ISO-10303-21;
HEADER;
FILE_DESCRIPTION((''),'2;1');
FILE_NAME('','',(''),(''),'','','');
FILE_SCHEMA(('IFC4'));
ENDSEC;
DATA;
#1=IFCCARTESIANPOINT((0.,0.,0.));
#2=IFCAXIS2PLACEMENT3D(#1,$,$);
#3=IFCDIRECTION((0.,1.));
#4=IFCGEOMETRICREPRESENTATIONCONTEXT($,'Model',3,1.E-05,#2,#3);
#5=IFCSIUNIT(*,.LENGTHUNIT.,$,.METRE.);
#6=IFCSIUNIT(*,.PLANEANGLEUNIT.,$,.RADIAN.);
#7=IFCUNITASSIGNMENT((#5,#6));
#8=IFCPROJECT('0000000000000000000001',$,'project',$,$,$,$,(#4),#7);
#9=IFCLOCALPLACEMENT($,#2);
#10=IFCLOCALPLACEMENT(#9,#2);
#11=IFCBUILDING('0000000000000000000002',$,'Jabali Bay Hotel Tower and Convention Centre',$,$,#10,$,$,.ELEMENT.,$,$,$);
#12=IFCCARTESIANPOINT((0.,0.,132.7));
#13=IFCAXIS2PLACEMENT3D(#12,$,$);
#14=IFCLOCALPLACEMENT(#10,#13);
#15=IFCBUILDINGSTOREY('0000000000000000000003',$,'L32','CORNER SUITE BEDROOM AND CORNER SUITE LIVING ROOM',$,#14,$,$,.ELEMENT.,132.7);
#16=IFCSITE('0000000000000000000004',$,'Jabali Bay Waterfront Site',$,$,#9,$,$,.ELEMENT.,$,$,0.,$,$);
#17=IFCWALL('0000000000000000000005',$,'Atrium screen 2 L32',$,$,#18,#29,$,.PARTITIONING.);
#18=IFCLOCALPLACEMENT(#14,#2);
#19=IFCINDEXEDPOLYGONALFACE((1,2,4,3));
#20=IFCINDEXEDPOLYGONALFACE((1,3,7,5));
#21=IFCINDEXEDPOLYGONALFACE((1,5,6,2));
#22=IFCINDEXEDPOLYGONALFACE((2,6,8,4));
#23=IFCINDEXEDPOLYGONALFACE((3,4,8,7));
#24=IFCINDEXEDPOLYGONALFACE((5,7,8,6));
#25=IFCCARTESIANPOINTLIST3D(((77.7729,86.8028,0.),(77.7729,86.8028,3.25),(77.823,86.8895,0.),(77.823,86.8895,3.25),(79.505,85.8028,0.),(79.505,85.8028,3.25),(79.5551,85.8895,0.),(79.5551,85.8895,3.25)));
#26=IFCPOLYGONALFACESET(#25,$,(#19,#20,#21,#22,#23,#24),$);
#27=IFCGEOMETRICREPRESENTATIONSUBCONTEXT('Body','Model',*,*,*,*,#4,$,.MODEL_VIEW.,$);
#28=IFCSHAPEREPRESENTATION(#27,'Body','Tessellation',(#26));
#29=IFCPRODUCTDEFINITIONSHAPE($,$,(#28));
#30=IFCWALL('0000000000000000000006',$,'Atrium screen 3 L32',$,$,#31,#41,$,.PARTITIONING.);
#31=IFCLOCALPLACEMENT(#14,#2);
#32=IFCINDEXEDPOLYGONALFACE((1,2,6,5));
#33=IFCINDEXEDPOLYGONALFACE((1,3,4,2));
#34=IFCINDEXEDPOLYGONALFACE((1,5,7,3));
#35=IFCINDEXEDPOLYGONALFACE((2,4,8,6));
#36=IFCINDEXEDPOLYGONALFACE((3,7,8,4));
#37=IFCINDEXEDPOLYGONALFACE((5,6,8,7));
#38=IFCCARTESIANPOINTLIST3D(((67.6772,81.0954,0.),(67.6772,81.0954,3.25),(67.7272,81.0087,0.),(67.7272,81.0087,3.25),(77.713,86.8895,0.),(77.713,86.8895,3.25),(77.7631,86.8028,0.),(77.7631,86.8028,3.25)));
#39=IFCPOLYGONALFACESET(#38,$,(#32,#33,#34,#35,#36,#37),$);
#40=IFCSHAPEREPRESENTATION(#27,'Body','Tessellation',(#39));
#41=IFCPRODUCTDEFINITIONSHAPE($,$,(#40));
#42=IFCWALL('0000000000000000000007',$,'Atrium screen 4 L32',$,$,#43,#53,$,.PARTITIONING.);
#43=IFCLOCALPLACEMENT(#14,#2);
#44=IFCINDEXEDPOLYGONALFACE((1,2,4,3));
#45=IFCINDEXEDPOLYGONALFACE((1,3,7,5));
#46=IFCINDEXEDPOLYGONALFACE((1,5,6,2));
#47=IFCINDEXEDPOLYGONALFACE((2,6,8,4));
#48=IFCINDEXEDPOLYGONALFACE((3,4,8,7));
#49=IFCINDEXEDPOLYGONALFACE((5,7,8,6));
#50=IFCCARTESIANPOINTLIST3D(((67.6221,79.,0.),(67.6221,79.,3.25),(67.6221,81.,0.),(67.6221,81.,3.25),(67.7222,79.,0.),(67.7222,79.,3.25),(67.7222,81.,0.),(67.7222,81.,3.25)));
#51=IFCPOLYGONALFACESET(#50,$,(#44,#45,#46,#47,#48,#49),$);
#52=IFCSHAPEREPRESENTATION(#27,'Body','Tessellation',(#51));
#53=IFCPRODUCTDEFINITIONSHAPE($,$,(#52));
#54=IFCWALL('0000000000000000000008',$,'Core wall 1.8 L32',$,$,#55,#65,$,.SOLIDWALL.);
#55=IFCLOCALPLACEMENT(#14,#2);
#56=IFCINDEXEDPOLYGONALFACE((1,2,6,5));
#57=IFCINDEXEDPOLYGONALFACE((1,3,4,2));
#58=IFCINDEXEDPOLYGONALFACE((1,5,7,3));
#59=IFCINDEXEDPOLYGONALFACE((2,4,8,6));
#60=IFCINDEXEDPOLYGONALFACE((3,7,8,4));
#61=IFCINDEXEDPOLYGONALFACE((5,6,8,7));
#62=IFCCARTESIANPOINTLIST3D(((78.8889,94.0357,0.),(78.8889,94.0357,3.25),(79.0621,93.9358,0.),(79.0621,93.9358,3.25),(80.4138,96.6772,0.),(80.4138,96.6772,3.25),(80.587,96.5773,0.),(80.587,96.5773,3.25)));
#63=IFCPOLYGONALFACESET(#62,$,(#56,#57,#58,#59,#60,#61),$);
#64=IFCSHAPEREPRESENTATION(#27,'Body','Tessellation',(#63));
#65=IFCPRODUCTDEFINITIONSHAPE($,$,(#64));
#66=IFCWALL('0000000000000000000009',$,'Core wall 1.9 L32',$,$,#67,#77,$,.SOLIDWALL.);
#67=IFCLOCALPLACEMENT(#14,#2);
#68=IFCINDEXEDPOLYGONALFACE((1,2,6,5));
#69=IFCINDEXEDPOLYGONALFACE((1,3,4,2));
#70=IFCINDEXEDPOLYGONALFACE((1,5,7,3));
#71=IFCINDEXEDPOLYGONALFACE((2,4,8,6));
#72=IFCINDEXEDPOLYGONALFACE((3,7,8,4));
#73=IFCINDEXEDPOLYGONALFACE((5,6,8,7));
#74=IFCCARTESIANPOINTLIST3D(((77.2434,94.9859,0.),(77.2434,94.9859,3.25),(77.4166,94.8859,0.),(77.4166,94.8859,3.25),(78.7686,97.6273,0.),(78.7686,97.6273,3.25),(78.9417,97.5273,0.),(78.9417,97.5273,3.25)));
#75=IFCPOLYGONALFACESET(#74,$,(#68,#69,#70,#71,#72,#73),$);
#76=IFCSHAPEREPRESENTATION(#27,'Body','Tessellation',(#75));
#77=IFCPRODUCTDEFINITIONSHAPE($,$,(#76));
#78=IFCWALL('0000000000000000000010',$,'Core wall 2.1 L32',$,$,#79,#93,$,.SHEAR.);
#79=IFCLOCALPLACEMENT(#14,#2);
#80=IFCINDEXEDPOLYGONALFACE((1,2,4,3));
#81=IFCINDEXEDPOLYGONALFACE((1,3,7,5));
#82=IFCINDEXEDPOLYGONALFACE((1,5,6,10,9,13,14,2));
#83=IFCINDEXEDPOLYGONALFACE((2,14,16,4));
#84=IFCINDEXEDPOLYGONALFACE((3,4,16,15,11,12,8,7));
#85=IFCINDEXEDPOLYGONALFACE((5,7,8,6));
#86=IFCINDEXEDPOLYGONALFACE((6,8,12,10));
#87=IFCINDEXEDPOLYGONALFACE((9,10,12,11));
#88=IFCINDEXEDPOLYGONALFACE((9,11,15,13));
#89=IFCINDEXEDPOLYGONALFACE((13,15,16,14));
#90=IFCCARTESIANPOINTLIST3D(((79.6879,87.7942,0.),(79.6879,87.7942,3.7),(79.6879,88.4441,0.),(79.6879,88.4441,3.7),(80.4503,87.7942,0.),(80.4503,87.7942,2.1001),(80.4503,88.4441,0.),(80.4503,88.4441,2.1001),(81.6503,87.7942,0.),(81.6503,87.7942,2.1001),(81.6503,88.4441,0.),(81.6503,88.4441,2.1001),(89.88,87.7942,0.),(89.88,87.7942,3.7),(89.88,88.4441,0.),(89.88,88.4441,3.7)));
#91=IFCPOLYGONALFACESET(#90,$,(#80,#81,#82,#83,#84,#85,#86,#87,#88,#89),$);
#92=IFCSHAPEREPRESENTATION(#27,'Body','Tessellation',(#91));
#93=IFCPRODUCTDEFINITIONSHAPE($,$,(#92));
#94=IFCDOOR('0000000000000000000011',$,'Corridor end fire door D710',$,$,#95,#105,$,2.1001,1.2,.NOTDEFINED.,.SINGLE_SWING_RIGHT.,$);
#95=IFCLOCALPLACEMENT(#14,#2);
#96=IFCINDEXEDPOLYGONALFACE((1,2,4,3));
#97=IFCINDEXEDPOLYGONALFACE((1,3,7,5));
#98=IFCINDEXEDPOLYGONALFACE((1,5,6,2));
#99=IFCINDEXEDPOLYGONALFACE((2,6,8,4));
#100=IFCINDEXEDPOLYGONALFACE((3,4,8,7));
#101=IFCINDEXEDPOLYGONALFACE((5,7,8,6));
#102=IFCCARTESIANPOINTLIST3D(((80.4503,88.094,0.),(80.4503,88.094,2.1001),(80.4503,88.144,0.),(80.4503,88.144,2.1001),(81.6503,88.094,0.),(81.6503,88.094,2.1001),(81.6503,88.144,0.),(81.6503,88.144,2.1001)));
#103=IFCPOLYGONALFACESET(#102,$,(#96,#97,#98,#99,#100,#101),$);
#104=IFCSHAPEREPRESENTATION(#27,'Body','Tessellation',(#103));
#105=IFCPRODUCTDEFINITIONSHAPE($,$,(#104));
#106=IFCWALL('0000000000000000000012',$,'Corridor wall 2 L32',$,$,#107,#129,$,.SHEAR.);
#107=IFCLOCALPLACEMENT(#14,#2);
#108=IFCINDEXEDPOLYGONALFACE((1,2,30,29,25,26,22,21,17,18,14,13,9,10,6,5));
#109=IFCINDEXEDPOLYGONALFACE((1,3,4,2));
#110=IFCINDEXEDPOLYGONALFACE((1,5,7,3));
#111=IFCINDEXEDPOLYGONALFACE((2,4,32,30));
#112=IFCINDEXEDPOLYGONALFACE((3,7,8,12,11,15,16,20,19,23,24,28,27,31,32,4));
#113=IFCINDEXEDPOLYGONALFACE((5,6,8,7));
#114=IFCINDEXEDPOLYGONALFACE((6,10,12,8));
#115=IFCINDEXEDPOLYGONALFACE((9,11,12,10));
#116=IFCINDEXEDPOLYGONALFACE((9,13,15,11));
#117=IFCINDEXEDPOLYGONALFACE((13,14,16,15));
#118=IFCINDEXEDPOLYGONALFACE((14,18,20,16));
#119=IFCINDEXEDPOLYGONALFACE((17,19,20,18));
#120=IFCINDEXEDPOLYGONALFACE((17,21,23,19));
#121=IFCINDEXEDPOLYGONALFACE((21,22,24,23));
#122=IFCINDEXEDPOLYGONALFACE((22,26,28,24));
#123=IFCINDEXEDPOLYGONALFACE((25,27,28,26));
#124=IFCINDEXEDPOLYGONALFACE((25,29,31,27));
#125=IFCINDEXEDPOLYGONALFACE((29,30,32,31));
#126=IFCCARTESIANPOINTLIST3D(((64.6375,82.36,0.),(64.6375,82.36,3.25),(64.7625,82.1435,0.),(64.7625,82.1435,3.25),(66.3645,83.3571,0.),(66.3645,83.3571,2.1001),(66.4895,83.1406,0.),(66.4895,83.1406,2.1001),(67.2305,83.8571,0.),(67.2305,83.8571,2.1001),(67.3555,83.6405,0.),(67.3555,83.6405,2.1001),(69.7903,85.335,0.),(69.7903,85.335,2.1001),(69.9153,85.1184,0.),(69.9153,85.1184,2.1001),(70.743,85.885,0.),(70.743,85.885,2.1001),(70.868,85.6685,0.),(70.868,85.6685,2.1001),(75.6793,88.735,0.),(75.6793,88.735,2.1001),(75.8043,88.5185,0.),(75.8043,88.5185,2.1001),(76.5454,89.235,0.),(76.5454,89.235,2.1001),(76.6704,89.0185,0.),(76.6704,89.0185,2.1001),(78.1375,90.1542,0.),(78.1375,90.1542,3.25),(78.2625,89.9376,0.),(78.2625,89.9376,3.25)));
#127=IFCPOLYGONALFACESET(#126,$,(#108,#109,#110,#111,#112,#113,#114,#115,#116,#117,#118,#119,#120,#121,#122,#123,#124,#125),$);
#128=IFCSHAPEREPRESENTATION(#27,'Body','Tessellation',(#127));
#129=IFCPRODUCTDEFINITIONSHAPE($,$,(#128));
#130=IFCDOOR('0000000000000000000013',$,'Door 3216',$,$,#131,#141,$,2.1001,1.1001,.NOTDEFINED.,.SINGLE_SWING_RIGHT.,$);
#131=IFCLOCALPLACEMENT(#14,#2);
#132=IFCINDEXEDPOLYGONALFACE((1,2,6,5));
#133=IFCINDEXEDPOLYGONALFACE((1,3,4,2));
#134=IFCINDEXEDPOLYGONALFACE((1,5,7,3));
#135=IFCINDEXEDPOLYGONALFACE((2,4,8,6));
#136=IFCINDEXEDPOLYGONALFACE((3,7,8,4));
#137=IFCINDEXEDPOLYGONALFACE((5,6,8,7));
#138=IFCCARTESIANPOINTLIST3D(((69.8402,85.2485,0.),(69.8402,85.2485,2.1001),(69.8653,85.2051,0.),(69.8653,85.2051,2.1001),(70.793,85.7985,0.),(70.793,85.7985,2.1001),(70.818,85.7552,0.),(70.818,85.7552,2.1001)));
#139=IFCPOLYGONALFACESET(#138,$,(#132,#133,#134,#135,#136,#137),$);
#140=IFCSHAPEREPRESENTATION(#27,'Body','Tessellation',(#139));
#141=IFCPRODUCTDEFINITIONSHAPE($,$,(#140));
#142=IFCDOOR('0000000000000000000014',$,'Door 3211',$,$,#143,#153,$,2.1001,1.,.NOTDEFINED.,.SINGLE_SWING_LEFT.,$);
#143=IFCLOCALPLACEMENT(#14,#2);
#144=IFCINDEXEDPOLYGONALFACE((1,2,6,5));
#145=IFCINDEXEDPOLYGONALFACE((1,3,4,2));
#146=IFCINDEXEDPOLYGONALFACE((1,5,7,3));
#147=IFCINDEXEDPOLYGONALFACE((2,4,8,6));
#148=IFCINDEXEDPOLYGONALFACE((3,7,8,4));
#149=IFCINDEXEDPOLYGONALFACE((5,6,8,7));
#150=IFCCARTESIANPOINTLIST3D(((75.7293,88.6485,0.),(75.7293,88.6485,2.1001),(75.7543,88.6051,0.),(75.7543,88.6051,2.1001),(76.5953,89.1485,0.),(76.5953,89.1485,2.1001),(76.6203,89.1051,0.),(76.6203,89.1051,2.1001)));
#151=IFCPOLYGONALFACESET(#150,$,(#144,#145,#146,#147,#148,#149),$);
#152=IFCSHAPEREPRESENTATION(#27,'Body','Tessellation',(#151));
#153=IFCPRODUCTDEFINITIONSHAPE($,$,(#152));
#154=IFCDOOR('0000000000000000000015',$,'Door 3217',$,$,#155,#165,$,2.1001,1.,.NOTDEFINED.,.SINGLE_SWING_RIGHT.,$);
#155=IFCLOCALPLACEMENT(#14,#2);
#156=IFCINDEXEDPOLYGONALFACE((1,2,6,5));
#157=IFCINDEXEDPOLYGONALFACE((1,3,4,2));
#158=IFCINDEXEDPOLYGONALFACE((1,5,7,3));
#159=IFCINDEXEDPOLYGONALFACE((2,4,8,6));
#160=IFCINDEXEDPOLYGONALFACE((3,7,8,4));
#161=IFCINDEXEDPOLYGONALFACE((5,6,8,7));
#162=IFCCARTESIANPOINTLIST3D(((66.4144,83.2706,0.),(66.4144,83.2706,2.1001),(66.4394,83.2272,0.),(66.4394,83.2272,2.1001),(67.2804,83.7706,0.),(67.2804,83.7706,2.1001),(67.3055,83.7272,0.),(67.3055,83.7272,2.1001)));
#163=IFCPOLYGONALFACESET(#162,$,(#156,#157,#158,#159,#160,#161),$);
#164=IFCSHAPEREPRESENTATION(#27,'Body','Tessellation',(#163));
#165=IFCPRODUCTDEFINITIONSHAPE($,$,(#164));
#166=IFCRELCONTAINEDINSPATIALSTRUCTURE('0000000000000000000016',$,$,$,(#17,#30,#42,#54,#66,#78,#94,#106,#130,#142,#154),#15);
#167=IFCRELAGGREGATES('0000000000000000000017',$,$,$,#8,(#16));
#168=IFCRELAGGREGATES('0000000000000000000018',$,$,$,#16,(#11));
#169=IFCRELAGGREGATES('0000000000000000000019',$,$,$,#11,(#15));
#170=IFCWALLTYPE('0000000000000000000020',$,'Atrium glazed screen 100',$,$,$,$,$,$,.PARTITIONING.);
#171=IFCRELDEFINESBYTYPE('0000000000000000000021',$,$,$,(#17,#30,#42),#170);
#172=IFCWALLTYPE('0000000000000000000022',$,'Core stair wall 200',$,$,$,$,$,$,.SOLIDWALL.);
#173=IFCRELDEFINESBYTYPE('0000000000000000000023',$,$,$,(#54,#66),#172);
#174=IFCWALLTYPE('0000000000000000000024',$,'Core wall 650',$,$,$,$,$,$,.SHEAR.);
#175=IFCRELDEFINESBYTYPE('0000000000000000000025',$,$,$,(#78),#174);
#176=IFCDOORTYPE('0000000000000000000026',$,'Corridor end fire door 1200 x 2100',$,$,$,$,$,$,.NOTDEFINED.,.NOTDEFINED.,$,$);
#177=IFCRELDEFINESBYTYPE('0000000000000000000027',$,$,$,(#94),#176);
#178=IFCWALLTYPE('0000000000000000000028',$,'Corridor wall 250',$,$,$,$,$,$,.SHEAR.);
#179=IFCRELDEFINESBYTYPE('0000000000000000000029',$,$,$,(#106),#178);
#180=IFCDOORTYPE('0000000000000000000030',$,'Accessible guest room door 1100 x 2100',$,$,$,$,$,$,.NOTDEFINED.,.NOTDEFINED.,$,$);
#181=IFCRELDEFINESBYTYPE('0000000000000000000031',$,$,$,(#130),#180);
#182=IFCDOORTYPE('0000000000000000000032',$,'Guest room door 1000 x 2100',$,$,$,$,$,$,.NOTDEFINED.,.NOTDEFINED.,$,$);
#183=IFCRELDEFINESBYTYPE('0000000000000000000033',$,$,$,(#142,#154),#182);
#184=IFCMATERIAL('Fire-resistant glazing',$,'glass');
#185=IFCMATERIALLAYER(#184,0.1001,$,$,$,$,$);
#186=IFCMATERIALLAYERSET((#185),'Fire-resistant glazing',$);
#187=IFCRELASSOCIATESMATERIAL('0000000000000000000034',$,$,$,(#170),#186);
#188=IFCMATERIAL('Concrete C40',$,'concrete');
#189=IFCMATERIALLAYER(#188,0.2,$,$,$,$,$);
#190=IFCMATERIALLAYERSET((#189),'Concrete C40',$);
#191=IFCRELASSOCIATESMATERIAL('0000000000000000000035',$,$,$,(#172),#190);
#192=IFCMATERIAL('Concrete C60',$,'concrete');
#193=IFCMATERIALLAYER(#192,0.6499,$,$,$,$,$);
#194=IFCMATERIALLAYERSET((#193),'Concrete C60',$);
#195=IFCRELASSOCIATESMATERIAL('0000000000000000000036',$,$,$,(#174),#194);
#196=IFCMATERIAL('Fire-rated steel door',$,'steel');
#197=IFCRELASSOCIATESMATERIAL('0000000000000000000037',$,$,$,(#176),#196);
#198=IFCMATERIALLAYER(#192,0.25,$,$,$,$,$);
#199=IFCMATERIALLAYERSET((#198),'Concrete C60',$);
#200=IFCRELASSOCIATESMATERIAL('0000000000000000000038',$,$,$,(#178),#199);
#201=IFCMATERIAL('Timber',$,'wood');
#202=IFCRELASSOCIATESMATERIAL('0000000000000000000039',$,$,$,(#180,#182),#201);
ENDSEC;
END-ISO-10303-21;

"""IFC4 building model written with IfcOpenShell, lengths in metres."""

from ifc_helpers import new_model, si_unit, direction, frame, frame_2d, origin, place, context, subcontext, project, spatial, rectangle, extrude, material, layer, layer_set, type_object, element, fill, save


model = new_model("IFC4")

# Units and contexts
model_context = context("Model", 3, precision=1e-05, world=origin(), true_north=direction((0.0, 1.0)))
body_context = subcontext(model_context, "Body", "Model", "MODEL_VIEW")
ifc_project = project(units=[si_unit("LENGTHUNIT", "METRE"), si_unit("PLANEANGLEUNIT", "RADIAN")], contexts=[model_context])

# Site, building, storey
site_placement = place(None, origin())
site = spatial("IfcSite", under=ifc_project, at=site_placement, Name="Jabali Bay Waterfront Site", CompositionType="ELEMENT", RefElevation=0.0)
building_placement = place(site_placement, origin())
building = spatial("IfcBuilding", under=site, at=building_placement, Name="Jabali Bay Hotel Tower and Convention Centre", CompositionType="ELEMENT")
storey_placement = place(building_placement, frame((0.0, 0.0, 132.7)))
storey = spatial("IfcBuildingStorey", under=building, at=storey_placement, Name="L32", Description="CORNER SUITE BEDROOM AND CORNER SUITE LIVING ROOM", CompositionType="ELEMENT", Elevation=132.7)

# Walls
ifc_material_1 = material(Name="Fire-resistant glazing", Category="glass")
ifc_layer_1 = layer(ifc_material_1, 0.1001)
ifc_layer_set_1 = layer_set([ifc_layer_1], Name="Fire-resistant glazing")
wall_type_1 = type_object("IfcWallType", Name="Atrium glazed screen 100", PredefinedType="PARTITIONING", material=ifc_layer_set_1)
wall_1_placement = place(storey_placement, frame((79.53, 85.8462, 0.0), z_axis=(0.0, 0.0, 1.0), x_axis=(-0.866041, 0.499973, 0.0)))
element("IfcWall", 1, at=wall_1_placement, inside=storey, type_object=wall_type_1, Name="Atrium screen 2 L32", PredefinedType="PARTITIONING", context=body_context, shape_type="SweptSolid", body=[
    extrude(rectangle(XDim=2.0, YDim=0.1001, at=frame_2d((1.0, 0.0))), origin(), (0.0, 0.0, 1.0), 3.25),
])
wall_2_placement = place(storey_placement, frame((77.738, 86.8462, 0.0), z_axis=(0.0, 0.0, 1.0), x_axis=(-0.866027, -0.499998, 0.0)))
element("IfcWall", 2, at=wall_2_placement, inside=storey, type_object=wall_type_1, Name="Atrium screen 3 L32", PredefinedType="PARTITIONING", context=body_context, shape_type="SweptSolid", body=[
    extrude(rectangle(XDim=11.5884, YDim=0.1001, at=frame_2d((5.7942, 0.0))), origin(), (0.0, 0.0, 1.0), 3.25),
])
wall_3_placement = place(storey_placement, frame((67.6721, 81.0, 0.0), z_axis=(0.0, 0.0, 1.0), x_axis=(0.0, -1.0, 0.0)))
element("IfcWall", 3, at=wall_3_placement, inside=storey, type_object=wall_type_1, Name="Atrium screen 4 L32", PredefinedType="PARTITIONING", context=body_context, shape_type="SweptSolid", body=[
    extrude(rectangle(XDim=2.0, YDim=0.1001, at=frame_2d((1.0, 0.0))), origin(), (0.0, 0.0, 1.0), 3.25),
])
ifc_material_2 = material(Name="Concrete C40", Category="concrete")
ifc_layer_2 = layer(ifc_material_2, 0.2)
ifc_layer_set_2 = layer_set([ifc_layer_2], Name="Concrete C40")
wall_type_2 = type_object("IfcWallType", Name="Core stair wall 200", PredefinedType="SOLIDWALL", material=ifc_layer_set_2)
for number, where, z_axis, x_axis, name in (
    (4, (78.9756, 93.9858, 0.0), (0.0, 0.0, 1.0), (0.499944, 0.866058, 0.0), "Core wall 1.8 L32"),
    (5, (77.3301, 94.936, 0.0), (0.0, 0.0, 1.0), (0.500039, 0.866003, 0.0), "Core wall 1.9 L32"),
):
    element("IfcWall", number, at=place(storey_placement, frame(where, z_axis=z_axis, x_axis=x_axis)), inside=storey, type_object=wall_type_2, Name=name, PredefinedType="SOLIDWALL", context=body_context, shape_type="SweptSolid", body=[
        extrude(rectangle(XDim=3.05, YDim=0.2, at=frame_2d((1.5249, 0.0))), origin(), (0.0, 0.0, 1.0), 3.25),
    ])

# Wall, opening, door
ifc_material_3 = material(Name="Concrete C60", Category="concrete")
ifc_layer_3 = layer(ifc_material_3, 0.6499)
ifc_layer_set_3 = layer_set([ifc_layer_3], Name="Concrete C60")
wall_type_3 = type_object("IfcWallType", Name="Core wall 650", PredefinedType="SHEAR", material=ifc_layer_set_3)
wall_4_placement = place(storey_placement, frame((79.6877, 88.1191, 0.0), z_axis=(0.0, 0.0, 1.0), x_axis=(1.0, 0.0, 0.0)))
wall_4 = element("IfcWall", 6, at=wall_4_placement, inside=storey, type_object=wall_type_3, Name="Core wall 2.1 L32", PredefinedType="SHEAR", context=body_context, shape_type="SweptSolid", body=[
    extrude(rectangle(XDim=10.1921, YDim=0.6499, at=frame_2d((5.0962, 0.0))), origin(), (0.0, 0.0, 1.0), 3.7),
])
opening_1_placement = place(wall_4_placement, frame((0.7625, 0.0, 0.0)))
opening_1 = element("IfcOpeningElement", 7, at=opening_1_placement, cuts=wall_4, PredefinedType="OPENING", context=body_context, shape_type="SweptSolid", body=[
    extrude(rectangle(XDim=1.2, YDim=2.1001, at=frame_2d((0.6001, 1.05))), frame((0.0, 0.3354, 0.0), z_axis=(0.0, -1.0, 0.0), x_axis=(1.0, 0.0, 0.0)), (0.0, 0.0, 1.0), 0.6709),
])
ifc_material_4 = material(Name="Fire-rated steel door", Category="steel")
door_type_1 = type_object("IfcDoorType", Name="Corridor end fire door 1200 x 2100", OperationType="NOTDEFINED", PredefinedType="NOTDEFINED", material=ifc_material_4)
door_1_placement = place(opening_1_placement, origin())
door_1 = element("IfcDoor", 8, at=door_1_placement, inside=storey, type_object=door_type_1, Name="Corridor end fire door D710", OperationType="SINGLE_SWING_RIGHT", OverallHeight=2.1001, OverallWidth=1.2, PredefinedType="NOTDEFINED", context=body_context, shape_type="SweptSolid", body=[
    extrude(rectangle(XDim=1.2, YDim=2.1001, at=frame_2d((0.6001, 1.05))), frame((0.0, 0.0249, 0.0), z_axis=(0.0, -1.0, 0.0), x_axis=(1.0, 0.0, 0.0)), (0.0, 0.0, 1.0), 0.05),
])
fill(opening_1, door_1)

# Wall, openings, doors
ifc_layer_4 = layer(ifc_material_3, 0.25)
ifc_layer_set_4 = layer_set([ifc_layer_4], Name="Concrete C60")
wall_type_4 = type_object("IfcWallType", Name="Corridor wall 250", PredefinedType="SHEAR", material=ifc_layer_set_4)
wall_5_placement = place(storey_placement, frame((78.2, 90.0459, 0.0), z_axis=(0.0, 0.0, 1.0), x_axis=(-0.866026, -0.499998, 0.0)))
wall_5 = element("IfcWall", 9, at=wall_5_placement, inside=storey, type_object=wall_type_4, Name="Corridor wall 2 L32", PredefinedType="SHEAR", context=body_context, shape_type="SweptSolid", body=[
    extrude(rectangle(XDim=15.5884, YDim=0.25, at=frame_2d((7.7942, 0.0))), origin(), (0.0, 0.0, 1.0), 3.25),
])
opening_2_placement = place(wall_5_placement, frame((1.8384, 0.0, 0.0)))
opening_2 = element("IfcOpeningElement", 10, at=opening_2_placement, cuts=wall_5, PredefinedType="OPENING", context=body_context, shape_type="SweptSolid", body=[
    extrude(rectangle(XDim=1.0, YDim=2.1001, at=frame_2d((0.5, 1.05))), frame((0.0, 0.1355, 0.0), z_axis=(0.0, -1.0, 0.0), x_axis=(1.0, 0.0, 0.0)), (0.0, 0.0, 1.0), 0.271),
])
opening_3_placement = place(wall_5_placement, frame((8.5383, 0.0, 0.0)))
opening_3 = element("IfcOpeningElement", 11, at=opening_3_placement, cuts=wall_5, PredefinedType="OPENING", context=body_context, shape_type="SweptSolid", body=[
    extrude(rectangle(XDim=1.1001, YDim=2.1001, at=frame_2d((0.55, 1.05))), frame((0.0, 0.1355, 0.0), z_axis=(0.0, -1.0, 0.0), x_axis=(1.0, 0.0, 0.0)), (0.0, 0.0, 1.0), 0.271),
])
opening_4_placement = place(wall_5_placement, frame((12.5942, 0.0, 0.0)))
opening_4 = element("IfcOpeningElement", 12, at=opening_4_placement, cuts=wall_5, PredefinedType="OPENING", context=body_context, shape_type="SweptSolid", body=[
    extrude(rectangle(XDim=1.0, YDim=2.1001, at=frame_2d((0.5, 1.05))), frame((0.0, 0.1355, 0.0), z_axis=(0.0, -1.0, 0.0), x_axis=(1.0, 0.0, 0.0)), (0.0, 0.0, 1.0), 0.271),
])
ifc_material_5 = material(Name="Timber", Category="wood")
door_type_2 = type_object("IfcDoorType", Name="Accessible guest room door 1100 x 2100", OperationType="NOTDEFINED", PredefinedType="NOTDEFINED", material=ifc_material_5)
door_2_placement = place(opening_3_placement, origin())
door_2 = element("IfcDoor", 13, at=door_2_placement, inside=storey, type_object=door_type_2, Name="Door 3216", OperationType="SINGLE_SWING_RIGHT", OverallHeight=2.1001, OverallWidth=1.1001, PredefinedType="NOTDEFINED", context=body_context, shape_type="SweptSolid", body=[
    extrude(rectangle(XDim=1.1001, YDim=2.1001, at=frame_2d((0.55, 1.05))), frame((0.0, 0.0249, 0.0), z_axis=(0.0, -1.0, 0.0), x_axis=(1.0, 0.0, 0.0)), (0.0, 0.0, 1.0), 0.05),
])
fill(opening_3, door_2)
door_type_3 = type_object("IfcDoorType", Name="Guest room door 1000 x 2100", OperationType="NOTDEFINED", PredefinedType="NOTDEFINED", material=ifc_material_5)
door_3_placement = place(opening_2_placement, origin())
door_3 = element("IfcDoor", 14, at=door_3_placement, inside=storey, type_object=door_type_3, Name="Door 3211", OperationType="SINGLE_SWING_LEFT", OverallHeight=2.1001, OverallWidth=1.0, PredefinedType="NOTDEFINED", context=body_context, shape_type="SweptSolid", body=[
    extrude(rectangle(XDim=1.0, YDim=2.1001, at=frame_2d((0.5, 1.05))), frame((0.0, 0.0249, 0.0), z_axis=(0.0, -1.0, 0.0), x_axis=(1.0, 0.0, 0.0)), (0.0, 0.0, 1.0), 0.05),
])
fill(opening_2, door_3)
door_4_placement = place(opening_4_placement, origin())
door_4 = element("IfcDoor", 15, at=door_4_placement, inside=storey, type_object=door_type_3, Name="Door 3217", OperationType="SINGLE_SWING_RIGHT", OverallHeight=2.1001, OverallWidth=1.0, PredefinedType="NOTDEFINED", context=body_context, shape_type="SweptSolid", body=[
    extrude(rectangle(XDim=1.0, YDim=2.1001, at=frame_2d((0.5, 1.05))), frame((0.0, 0.0249, 0.0), z_axis=(0.0, -1.0, 0.0), x_axis=(1.0, 0.0, 0.0)), (0.0, 0.0, 1.0), 0.05),
])
fill(opening_4, door_4)

save(model, "model.ifc")
